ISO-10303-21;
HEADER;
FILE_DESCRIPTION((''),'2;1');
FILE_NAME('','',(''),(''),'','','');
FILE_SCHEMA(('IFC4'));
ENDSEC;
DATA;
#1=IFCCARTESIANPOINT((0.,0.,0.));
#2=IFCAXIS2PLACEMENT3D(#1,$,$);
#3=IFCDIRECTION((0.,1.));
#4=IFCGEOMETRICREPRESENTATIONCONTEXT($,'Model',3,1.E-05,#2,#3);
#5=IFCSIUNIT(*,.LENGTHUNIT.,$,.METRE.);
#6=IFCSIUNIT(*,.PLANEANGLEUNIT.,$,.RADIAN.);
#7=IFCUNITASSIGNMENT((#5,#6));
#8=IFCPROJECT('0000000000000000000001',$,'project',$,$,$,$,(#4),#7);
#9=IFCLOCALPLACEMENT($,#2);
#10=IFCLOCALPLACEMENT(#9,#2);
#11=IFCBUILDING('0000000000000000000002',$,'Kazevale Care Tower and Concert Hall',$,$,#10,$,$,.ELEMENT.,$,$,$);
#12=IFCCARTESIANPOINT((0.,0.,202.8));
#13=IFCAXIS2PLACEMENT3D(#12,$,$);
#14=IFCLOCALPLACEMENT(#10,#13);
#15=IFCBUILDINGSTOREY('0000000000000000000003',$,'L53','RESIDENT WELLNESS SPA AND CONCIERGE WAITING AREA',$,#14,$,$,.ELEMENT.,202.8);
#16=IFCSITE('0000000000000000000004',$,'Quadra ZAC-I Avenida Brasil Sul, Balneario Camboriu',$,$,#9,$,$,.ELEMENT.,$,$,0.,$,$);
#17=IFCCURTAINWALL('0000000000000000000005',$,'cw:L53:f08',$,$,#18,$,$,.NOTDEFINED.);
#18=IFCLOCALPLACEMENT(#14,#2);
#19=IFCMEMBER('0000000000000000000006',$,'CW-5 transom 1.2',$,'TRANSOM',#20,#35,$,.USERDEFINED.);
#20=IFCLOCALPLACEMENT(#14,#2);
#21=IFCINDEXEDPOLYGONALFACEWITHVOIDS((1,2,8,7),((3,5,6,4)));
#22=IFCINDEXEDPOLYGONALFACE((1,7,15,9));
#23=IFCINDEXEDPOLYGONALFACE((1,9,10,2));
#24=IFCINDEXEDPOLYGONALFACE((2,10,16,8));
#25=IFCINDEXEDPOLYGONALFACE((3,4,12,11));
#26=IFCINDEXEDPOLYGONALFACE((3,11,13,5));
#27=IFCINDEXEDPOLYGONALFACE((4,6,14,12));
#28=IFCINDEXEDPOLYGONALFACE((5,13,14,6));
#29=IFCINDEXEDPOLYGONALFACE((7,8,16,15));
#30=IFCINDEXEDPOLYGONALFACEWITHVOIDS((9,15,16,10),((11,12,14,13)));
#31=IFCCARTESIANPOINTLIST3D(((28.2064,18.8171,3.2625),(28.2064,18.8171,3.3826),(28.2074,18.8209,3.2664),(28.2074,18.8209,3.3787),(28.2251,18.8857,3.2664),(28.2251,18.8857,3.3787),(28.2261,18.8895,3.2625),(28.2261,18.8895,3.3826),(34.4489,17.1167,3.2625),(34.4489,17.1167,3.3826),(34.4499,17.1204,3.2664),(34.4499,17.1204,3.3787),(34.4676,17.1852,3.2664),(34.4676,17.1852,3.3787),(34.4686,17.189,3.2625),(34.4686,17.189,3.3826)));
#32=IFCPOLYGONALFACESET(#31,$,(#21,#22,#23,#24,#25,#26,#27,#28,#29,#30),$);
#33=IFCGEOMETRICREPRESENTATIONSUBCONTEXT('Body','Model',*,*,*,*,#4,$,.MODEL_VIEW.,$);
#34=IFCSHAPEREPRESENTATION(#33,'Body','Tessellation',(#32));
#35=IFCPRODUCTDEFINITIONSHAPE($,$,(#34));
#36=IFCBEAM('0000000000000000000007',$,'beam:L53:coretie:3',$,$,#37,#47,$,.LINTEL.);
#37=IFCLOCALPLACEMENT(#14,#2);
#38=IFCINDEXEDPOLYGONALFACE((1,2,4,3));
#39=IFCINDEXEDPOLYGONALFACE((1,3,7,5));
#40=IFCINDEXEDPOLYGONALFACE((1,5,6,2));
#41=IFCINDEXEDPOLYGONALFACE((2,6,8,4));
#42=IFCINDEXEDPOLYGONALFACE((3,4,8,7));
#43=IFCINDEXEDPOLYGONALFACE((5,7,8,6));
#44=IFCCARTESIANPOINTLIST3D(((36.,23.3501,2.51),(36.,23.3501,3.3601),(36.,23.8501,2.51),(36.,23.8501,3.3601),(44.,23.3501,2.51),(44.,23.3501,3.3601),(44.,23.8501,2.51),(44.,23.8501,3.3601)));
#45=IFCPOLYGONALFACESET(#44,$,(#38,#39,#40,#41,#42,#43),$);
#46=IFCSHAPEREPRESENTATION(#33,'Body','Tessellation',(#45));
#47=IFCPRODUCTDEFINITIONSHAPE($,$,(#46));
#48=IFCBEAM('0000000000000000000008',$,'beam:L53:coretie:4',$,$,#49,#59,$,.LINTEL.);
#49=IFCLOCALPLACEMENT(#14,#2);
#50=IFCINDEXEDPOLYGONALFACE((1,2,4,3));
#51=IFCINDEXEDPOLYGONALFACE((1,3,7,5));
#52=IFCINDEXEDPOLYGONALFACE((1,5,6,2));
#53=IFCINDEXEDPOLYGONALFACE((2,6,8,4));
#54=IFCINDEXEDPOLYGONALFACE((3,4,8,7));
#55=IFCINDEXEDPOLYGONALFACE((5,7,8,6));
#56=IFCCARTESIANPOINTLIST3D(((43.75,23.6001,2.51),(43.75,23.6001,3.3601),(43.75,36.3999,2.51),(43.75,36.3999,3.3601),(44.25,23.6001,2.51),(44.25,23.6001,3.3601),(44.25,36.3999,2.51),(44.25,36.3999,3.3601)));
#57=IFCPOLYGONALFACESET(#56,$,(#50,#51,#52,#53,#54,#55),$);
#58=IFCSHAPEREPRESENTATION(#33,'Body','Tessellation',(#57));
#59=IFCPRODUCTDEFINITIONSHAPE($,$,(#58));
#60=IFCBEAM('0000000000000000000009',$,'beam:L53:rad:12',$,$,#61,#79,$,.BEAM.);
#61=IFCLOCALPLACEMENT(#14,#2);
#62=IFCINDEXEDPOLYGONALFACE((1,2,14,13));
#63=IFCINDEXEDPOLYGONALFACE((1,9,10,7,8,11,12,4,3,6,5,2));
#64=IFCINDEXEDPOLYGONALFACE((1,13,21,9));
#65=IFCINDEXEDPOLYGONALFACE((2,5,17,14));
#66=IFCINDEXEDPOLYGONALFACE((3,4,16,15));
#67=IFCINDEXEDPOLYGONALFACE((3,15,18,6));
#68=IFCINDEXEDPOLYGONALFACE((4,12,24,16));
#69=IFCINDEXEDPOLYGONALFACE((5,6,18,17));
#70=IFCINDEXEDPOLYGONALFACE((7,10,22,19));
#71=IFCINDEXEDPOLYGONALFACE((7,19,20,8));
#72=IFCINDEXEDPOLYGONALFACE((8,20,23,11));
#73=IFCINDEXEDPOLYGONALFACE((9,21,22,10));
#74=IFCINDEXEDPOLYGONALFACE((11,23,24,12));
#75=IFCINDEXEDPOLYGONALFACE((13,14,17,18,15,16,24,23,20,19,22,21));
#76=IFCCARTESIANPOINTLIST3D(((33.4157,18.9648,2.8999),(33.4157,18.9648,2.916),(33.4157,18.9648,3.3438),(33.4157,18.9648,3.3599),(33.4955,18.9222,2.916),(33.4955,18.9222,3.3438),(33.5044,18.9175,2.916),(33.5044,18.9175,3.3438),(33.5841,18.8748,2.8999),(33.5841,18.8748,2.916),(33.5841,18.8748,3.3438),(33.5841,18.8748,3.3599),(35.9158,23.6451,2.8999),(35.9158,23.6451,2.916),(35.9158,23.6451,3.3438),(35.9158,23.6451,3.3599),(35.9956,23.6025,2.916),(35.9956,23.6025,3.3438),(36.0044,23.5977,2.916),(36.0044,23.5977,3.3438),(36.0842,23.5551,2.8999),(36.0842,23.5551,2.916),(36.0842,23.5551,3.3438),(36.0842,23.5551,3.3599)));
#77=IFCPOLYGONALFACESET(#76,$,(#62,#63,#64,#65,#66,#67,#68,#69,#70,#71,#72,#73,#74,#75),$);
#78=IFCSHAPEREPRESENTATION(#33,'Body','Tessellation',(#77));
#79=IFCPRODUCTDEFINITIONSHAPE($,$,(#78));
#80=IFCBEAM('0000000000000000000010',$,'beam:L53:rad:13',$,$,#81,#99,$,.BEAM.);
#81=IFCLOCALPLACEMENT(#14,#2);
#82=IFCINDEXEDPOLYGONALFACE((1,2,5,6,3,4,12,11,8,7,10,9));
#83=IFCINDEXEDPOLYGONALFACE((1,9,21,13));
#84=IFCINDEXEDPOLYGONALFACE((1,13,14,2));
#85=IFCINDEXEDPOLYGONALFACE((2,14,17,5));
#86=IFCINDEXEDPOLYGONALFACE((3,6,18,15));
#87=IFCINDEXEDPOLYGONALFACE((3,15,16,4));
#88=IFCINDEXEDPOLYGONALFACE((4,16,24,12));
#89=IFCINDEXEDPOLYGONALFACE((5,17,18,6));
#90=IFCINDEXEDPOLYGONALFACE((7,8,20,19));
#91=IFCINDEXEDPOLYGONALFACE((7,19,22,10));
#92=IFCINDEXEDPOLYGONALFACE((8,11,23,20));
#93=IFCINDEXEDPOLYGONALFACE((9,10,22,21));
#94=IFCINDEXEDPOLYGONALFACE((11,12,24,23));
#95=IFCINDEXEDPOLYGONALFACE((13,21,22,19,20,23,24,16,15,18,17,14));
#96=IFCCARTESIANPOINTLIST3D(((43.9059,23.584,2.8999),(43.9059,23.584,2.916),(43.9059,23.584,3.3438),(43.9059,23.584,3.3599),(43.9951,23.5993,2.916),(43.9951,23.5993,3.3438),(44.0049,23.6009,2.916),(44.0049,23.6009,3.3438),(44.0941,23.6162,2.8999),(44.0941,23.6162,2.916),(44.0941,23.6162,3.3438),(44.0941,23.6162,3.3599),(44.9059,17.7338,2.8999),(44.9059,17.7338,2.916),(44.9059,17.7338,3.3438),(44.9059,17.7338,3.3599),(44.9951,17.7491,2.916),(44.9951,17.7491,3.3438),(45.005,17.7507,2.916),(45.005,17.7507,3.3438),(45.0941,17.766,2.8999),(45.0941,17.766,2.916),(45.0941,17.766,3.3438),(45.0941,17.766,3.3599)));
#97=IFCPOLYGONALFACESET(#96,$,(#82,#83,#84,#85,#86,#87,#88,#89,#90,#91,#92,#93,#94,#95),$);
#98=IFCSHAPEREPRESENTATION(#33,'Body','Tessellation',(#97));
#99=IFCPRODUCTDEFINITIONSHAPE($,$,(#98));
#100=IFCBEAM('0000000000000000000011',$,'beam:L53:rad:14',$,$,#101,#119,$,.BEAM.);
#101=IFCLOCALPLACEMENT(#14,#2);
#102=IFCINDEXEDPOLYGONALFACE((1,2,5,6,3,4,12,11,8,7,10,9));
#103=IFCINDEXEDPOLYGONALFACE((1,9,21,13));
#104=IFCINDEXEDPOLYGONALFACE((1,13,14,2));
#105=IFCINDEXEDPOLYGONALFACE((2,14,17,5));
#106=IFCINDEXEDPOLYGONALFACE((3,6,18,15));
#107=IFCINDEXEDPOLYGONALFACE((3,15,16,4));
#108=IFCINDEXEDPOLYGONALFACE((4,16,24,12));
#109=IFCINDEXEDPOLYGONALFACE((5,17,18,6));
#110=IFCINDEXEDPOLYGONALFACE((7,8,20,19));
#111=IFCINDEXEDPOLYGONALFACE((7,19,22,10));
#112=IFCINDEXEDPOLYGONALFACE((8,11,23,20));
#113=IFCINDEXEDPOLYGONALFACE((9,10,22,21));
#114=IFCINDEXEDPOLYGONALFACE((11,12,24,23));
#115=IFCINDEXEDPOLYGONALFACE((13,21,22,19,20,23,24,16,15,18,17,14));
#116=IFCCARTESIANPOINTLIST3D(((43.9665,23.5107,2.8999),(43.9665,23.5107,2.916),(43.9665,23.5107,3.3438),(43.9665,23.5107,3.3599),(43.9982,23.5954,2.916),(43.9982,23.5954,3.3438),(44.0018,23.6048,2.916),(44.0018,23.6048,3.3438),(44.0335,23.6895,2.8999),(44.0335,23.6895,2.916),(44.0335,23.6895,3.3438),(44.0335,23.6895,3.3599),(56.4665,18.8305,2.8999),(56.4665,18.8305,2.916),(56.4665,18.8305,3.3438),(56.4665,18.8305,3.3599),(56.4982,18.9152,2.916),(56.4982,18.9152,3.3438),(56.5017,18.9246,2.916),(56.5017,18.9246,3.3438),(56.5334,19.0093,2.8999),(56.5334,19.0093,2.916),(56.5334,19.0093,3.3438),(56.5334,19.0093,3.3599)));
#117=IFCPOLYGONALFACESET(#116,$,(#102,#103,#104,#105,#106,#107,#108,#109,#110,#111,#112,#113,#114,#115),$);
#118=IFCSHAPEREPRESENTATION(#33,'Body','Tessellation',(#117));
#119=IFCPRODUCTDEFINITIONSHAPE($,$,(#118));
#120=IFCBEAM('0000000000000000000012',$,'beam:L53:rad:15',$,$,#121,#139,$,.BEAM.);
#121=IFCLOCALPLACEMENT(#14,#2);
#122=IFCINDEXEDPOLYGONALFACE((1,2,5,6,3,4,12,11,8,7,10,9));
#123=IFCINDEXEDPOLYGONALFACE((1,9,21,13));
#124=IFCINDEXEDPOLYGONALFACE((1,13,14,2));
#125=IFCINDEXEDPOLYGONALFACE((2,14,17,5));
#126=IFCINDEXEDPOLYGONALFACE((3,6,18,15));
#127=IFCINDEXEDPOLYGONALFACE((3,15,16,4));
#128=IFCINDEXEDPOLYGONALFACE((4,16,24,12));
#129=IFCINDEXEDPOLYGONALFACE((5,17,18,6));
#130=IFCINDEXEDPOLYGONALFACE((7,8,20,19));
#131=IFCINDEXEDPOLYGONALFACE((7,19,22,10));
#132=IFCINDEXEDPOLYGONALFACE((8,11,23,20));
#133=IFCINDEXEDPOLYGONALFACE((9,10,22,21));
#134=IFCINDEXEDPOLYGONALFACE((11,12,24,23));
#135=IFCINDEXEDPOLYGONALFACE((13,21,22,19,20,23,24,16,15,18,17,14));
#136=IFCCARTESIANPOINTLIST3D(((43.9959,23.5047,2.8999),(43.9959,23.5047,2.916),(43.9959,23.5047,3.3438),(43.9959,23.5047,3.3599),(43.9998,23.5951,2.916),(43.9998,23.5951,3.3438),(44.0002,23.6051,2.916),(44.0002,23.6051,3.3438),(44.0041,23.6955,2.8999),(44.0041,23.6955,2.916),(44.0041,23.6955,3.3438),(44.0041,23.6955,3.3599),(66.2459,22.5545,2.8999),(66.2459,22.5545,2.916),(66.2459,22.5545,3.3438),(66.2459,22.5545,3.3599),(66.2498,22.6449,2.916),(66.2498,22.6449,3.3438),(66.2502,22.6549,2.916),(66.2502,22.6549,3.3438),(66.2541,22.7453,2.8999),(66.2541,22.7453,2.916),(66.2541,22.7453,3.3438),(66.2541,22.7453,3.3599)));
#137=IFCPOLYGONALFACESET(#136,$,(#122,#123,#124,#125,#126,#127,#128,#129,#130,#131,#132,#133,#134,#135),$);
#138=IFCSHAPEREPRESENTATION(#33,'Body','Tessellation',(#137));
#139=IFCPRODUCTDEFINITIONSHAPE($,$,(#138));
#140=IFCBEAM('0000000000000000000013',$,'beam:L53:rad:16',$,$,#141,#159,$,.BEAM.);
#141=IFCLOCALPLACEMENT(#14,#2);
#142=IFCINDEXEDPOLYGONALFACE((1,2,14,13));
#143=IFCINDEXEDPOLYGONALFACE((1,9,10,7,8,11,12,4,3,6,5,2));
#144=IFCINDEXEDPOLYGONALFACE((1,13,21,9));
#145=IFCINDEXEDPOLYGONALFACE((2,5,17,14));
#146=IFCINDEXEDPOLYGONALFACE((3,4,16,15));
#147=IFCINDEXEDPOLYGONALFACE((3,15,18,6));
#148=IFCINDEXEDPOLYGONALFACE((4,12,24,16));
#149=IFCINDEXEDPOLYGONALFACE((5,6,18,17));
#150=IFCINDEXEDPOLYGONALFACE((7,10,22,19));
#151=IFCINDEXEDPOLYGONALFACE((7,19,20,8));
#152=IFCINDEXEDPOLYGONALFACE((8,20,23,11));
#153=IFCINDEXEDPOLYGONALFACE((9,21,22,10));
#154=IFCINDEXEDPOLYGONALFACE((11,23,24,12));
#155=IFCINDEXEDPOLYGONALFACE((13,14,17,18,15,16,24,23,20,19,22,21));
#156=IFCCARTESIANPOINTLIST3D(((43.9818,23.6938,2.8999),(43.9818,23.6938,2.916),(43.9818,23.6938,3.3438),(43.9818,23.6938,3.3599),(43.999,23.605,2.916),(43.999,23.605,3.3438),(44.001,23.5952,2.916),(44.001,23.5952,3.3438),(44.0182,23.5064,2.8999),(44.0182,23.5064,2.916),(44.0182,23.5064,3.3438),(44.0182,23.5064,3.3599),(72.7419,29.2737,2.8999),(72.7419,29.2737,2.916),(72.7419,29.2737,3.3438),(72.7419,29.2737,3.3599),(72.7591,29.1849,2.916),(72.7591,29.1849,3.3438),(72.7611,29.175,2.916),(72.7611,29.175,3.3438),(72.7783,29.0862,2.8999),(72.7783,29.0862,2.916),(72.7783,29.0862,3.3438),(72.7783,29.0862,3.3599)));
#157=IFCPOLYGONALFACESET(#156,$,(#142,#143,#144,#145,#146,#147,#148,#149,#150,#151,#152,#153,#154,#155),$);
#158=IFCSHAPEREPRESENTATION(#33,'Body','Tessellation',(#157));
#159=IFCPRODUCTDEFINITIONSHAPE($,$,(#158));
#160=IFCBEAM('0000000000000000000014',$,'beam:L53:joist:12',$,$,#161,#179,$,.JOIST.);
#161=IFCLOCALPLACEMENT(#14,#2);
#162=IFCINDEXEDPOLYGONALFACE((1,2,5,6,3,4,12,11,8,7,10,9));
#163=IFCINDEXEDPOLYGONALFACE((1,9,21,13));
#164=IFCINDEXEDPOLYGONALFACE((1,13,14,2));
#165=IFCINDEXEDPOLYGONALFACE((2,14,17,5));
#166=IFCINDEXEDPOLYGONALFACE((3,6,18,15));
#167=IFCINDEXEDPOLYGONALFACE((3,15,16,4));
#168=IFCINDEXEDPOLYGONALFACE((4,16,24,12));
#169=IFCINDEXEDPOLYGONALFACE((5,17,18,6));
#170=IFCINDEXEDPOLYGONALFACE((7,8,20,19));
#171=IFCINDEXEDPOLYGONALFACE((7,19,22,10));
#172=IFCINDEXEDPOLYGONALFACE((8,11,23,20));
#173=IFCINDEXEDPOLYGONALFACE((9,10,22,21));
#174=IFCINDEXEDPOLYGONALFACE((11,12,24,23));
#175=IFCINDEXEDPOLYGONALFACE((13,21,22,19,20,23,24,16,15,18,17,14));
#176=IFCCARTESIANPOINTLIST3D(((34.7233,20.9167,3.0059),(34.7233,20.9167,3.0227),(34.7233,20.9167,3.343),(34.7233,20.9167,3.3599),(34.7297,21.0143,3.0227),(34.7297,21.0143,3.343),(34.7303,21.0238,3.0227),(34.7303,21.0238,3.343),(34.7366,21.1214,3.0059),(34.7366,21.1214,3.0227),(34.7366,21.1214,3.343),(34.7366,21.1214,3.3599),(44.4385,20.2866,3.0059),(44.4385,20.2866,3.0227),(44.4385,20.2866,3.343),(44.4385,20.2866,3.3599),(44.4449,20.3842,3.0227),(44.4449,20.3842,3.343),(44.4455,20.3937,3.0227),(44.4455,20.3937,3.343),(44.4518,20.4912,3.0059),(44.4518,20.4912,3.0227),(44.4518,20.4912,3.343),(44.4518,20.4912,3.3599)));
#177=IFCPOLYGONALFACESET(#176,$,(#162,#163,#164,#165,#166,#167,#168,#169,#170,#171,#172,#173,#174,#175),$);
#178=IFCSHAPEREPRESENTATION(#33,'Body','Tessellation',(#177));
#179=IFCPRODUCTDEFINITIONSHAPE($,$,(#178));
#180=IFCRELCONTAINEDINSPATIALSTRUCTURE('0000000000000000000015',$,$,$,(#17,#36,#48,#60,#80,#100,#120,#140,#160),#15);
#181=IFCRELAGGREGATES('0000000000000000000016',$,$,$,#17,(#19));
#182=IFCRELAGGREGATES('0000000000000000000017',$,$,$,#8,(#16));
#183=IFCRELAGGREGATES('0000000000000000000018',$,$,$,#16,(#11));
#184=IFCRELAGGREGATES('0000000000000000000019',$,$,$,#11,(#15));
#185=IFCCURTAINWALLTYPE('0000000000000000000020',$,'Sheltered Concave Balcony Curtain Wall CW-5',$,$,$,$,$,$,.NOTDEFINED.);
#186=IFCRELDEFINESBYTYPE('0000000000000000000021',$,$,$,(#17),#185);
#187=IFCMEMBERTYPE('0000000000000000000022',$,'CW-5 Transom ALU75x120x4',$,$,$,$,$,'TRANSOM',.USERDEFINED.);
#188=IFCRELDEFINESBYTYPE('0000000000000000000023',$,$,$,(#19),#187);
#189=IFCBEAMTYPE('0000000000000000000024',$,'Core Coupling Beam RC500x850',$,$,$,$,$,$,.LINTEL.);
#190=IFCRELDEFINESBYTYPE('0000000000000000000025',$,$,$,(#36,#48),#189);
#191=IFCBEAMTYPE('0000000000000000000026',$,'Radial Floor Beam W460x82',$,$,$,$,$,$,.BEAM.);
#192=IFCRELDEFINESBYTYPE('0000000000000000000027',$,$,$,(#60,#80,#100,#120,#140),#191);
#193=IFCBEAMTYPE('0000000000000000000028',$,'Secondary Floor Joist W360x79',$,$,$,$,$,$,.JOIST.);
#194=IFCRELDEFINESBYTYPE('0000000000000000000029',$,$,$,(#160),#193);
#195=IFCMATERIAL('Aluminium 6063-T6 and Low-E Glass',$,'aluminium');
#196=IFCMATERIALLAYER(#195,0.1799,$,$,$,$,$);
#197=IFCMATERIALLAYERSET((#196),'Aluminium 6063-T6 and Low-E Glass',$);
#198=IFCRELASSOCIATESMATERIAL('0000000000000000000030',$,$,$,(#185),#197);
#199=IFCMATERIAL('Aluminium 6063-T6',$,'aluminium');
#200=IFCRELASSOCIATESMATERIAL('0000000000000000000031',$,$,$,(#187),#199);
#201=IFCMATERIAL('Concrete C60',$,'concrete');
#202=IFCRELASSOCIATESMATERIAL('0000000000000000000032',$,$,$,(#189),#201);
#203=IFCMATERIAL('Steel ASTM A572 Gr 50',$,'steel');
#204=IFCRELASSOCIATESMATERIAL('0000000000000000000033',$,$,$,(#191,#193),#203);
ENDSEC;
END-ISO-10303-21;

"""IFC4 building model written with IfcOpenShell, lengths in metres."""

from ifc_helpers import new_model, si_unit, direction, frame, origin, origin_2d, place, context, subcontext, project, spatial, rectangle, hollow_rectangle, i_section, extrude, material, layer, layer_set, material_profile, profile_set, type_object, element, aggregate, save


model = new_model("IFC4")

# Units and contexts
model_context = context("Model", 3, precision=1e-05, world=origin(), true_north=direction((0.0, 1.0)))
body_context = subcontext(model_context, "Body", "Model", "MODEL_VIEW")
ifc_project = project(units=[si_unit("LENGTHUNIT", "METRE"), si_unit("PLANEANGLEUNIT", "RADIAN")], contexts=[model_context])

# Site, building, storey
site_placement = place(None, origin())
site = spatial("IfcSite", under=ifc_project, at=site_placement, Name="Quadra ZAC-I Avenida Brasil Sul, Balneario Camboriu", CompositionType="ELEMENT", RefElevation=0.0)
building_placement = place(site_placement, origin())
building = spatial("IfcBuilding", under=site, at=building_placement, Name="Kazevale Care Tower and Concert Hall", CompositionType="ELEMENT")
storey_placement = place(building_placement, frame((0.0, 0.0, 202.8)))
storey = spatial("IfcBuildingStorey", under=building, at=storey_placement, Name="L53", Description="RESIDENT WELLNESS SPA AND CONCIERGE WAITING AREA", CompositionType="ELEMENT", Elevation=202.8)

# Shared definitions
ifc_material_1 = material(Name="Aluminium 6063-T6 and Low-E Glass", Category="aluminium")
ifc_layer_1 = layer(ifc_material_1, 0.1799)
ifc_layer_set_1 = layer_set([ifc_layer_1], Name="Aluminium 6063-T6 and Low-E Glass")
curtain_wall_type = type_object("IfcCurtainWallType", Name="Sheltered Concave Balcony Curtain Wall CW-5", PredefinedType="NOTDEFINED", material=ifc_layer_set_1)
ifc_material_2 = material(Name="Aluminium 6063-T6", Category="aluminium")

# Curtain wall
curtain_wall_1_placement = place(storey_placement, origin())
curtain_wall_1 = element("IfcCurtainWall", 1, at=curtain_wall_1_placement, inside=storey, type_object=curtain_wall_type, Name="cw:L53:f08", PredefinedType="NOTDEFINED")

# Member
ifc_material_profile_1 = material_profile(ifc_material_2, hollow_rectangle(XDim=0.075, YDim=0.1201, WallThickness=0.0039, at=origin_2d()), Name="ALU75x120x4")
ifc_profile_set_1 = profile_set([ifc_material_profile_1], Name="Aluminium 6063-T6")
member_type_1 = type_object("IfcMemberType", Name="CW-5 Transom ALU75x120x4", ElementType="TRANSOM", PredefinedType="USERDEFINED", material=ifc_profile_set_1)
member_1_placement = place(storey_placement, frame((34.4587, 17.1528, 3.3225), z_axis=(-0.964844, 0.262824, 0.0), x_axis=(-0.262824, -0.964844, 0.0)))
member_1 = element("IfcMember", 2, at=member_1_placement, type_object=member_type_1, Name="CW-5 transom 1.2", ObjectType="TRANSOM", PredefinedType="USERDEFINED", context=body_context, shape_type="SweptSolid", body=[
    extrude(hollow_rectangle(XDim=0.075, YDim=0.1201, WallThickness=0.0039, at=origin_2d()), origin(), (0.0, 0.0, 1.0), 6.47),
])
aggregate(curtain_wall_1, [member_1])

# Beams
ifc_material_3 = material(Name="Concrete C60", Category="concrete")
ifc_material_profile_2 = material_profile(ifc_material_3, rectangle(XDim=0.5, YDim=0.8501, at=origin_2d()), Name="RC-B500x850")
ifc_profile_set_2 = profile_set([ifc_material_profile_2], Name="Concrete C60")
beam_type_1 = type_object("IfcBeamType", Name="Core Coupling Beam RC500x850", PredefinedType="LINTEL", material=ifc_profile_set_2)
beam_1_placement = place(storey_placement, frame((36.0, 23.6001, 2.9351), z_axis=(1.0, 0.0, 0.0), x_axis=(0.0, 1.0, 0.0)))
element("IfcBeam", 3, at=beam_1_placement, inside=storey, type_object=beam_type_1, Name="beam:L53:coretie:3", PredefinedType="LINTEL", context=body_context, shape_type="SweptSolid", body=[
    extrude(rectangle(XDim=0.5, YDim=0.8501, at=origin_2d()), origin(), (0.0, 0.0, 1.0), 8.0),
])
beam_2_placement = place(storey_placement, frame((44.0, 23.6001, 2.9351), z_axis=(0.0, 1.0, 0.0), x_axis=(-1.0, 0.0, 0.0)))
element("IfcBeam", 4, at=beam_2_placement, inside=storey, type_object=beam_type_1, Name="beam:L53:coretie:4", PredefinedType="LINTEL", context=body_context, shape_type="SweptSolid", body=[
    extrude(rectangle(XDim=0.5, YDim=0.8501, at=origin_2d()), origin(), (0.0, 0.0, 1.0), 12.7998),
])
ifc_material_4 = material(Name="Steel ASTM A572 Gr 50", Category="steel")
ifc_material_profile_3 = material_profile(ifc_material_4, i_section(OverallWidth=0.1909, OverallDepth=0.46, WebThickness=0.01, FlangeThickness=0.0161, at=origin_2d()), Name="W460x82")
ifc_profile_set_3 = profile_set([ifc_material_profile_3], Name="Steel ASTM A572 Gr 50")
beam_type_2 = type_object("IfcBeamType", Name="Radial Floor Beam W460x82", PredefinedType="BEAM", material=ifc_profile_set_3)
beam_3_placement = place(storey_placement, frame((36.0, 23.6001, 3.1299), z_axis=(-0.471161, -0.882047, 0.0), x_axis=(0.882047, -0.471161, 0.0)))
element("IfcBeam", 5, at=beam_3_placement, inside=storey, type_object=beam_type_2, Name="beam:L53:rad:12", PredefinedType="BEAM", context=body_context, shape_type="SweptSolid", body=[
    extrude(i_section(OverallWidth=0.1909, OverallDepth=0.46, WebThickness=0.01, FlangeThickness=0.0161, at=origin_2d()), origin(), (0.0, 0.0, 1.0), 5.3062),
])
beam_4_placement = place(storey_placement, frame((44.0, 23.6001, 3.1299), z_axis=(0.168493, -0.985703, 0.0), x_axis=(0.985703, 0.168493, 0.0)))
element("IfcBeam", 6, at=beam_4_placement, inside=storey, type_object=beam_type_2, Name="beam:L53:rad:13", PredefinedType="BEAM", context=body_context, shape_type="SweptSolid", body=[
    extrude(i_section(OverallWidth=0.1909, OverallDepth=0.46, WebThickness=0.01, FlangeThickness=0.0161, at=origin_2d()), origin(), (0.0, 0.0, 1.0), 5.9351),
])
beam_5_placement = place(storey_placement, frame((44.0, 23.6001, 3.1299), z_axis=(0.936509, -0.350642, 0.0), x_axis=(0.350642, 0.936509, 0.0)))
element("IfcBeam", 7, at=beam_5_placement, inside=storey, type_object=beam_type_2, Name="beam:L53:rad:14", PredefinedType="BEAM", context=body_context, shape_type="SweptSolid", body=[
    extrude(i_section(OverallWidth=0.1909, OverallDepth=0.46, WebThickness=0.01, FlangeThickness=0.0161, at=origin_2d()), origin(), (0.0, 0.0, 1.0), 13.3474),
])
beam_6_placement = place(storey_placement, frame((44.0, 23.6001, 3.1299), z_axis=(0.999089, -0.042667, 0.0), x_axis=(0.042667, 0.999089, 0.0)))
element("IfcBeam", 8, at=beam_6_placement, inside=storey, type_object=beam_type_2, Name="beam:L53:rad:15", PredefinedType="BEAM", context=body_context, shape_type="SweptSolid", body=[
    extrude(i_section(OverallWidth=0.1909, OverallDepth=0.46, WebThickness=0.01, FlangeThickness=0.0161, at=origin_2d()), origin(), (0.0, 0.0, 1.0), 22.2703),
])
beam_7_placement = place(storey_placement, frame((44.0, 23.6001, 3.1299), z_axis=(0.981695, 0.190462, 0.0), x_axis=(-0.190462, 0.981695, 0.0)))
element("IfcBeam", 9, at=beam_7_placement, inside=storey, type_object=beam_type_2, Name="beam:L53:rad:16", PredefinedType="BEAM", context=body_context, shape_type="SweptSolid", body=[
    extrude(i_section(OverallWidth=0.1909, OverallDepth=0.46, WebThickness=0.01, FlangeThickness=0.0161, at=origin_2d()), origin(), (0.0, 0.0, 1.0), 29.2964),
])
ifc_material_profile_4 = material_profile(ifc_material_4, i_section(OverallWidth=0.2051, OverallDepth=0.354, WebThickness=0.0095, FlangeThickness=0.0168, at=origin_2d()), Name="W360x79")
ifc_profile_set_4 = profile_set([ifc_material_profile_4], Name="Steel ASTM A572 Gr 50")
beam_type_3 = type_object("IfcBeamType", Name="Secondary Floor Joist W360x79", PredefinedType="JOIST", material=ifc_profile_set_4)
beam_8_placement = place(storey_placement, frame((34.73, 21.019, 3.1829), z_axis=(0.997903, -0.064725, 0.0), x_axis=(0.064725, 0.997903, 0.0)))
element("IfcBeam", 10, at=beam_8_placement, inside=storey, type_object=beam_type_3, Name="beam:L53:joist:12", PredefinedType="JOIST", context=body_context, shape_type="SweptSolid", body=[
    extrude(i_section(OverallWidth=0.2051, OverallDepth=0.354, WebThickness=0.0095, FlangeThickness=0.0168, at=origin_2d()), origin(), (0.0, 0.0, 1.0), 9.7356),
])

save(model, "model.ifc")
